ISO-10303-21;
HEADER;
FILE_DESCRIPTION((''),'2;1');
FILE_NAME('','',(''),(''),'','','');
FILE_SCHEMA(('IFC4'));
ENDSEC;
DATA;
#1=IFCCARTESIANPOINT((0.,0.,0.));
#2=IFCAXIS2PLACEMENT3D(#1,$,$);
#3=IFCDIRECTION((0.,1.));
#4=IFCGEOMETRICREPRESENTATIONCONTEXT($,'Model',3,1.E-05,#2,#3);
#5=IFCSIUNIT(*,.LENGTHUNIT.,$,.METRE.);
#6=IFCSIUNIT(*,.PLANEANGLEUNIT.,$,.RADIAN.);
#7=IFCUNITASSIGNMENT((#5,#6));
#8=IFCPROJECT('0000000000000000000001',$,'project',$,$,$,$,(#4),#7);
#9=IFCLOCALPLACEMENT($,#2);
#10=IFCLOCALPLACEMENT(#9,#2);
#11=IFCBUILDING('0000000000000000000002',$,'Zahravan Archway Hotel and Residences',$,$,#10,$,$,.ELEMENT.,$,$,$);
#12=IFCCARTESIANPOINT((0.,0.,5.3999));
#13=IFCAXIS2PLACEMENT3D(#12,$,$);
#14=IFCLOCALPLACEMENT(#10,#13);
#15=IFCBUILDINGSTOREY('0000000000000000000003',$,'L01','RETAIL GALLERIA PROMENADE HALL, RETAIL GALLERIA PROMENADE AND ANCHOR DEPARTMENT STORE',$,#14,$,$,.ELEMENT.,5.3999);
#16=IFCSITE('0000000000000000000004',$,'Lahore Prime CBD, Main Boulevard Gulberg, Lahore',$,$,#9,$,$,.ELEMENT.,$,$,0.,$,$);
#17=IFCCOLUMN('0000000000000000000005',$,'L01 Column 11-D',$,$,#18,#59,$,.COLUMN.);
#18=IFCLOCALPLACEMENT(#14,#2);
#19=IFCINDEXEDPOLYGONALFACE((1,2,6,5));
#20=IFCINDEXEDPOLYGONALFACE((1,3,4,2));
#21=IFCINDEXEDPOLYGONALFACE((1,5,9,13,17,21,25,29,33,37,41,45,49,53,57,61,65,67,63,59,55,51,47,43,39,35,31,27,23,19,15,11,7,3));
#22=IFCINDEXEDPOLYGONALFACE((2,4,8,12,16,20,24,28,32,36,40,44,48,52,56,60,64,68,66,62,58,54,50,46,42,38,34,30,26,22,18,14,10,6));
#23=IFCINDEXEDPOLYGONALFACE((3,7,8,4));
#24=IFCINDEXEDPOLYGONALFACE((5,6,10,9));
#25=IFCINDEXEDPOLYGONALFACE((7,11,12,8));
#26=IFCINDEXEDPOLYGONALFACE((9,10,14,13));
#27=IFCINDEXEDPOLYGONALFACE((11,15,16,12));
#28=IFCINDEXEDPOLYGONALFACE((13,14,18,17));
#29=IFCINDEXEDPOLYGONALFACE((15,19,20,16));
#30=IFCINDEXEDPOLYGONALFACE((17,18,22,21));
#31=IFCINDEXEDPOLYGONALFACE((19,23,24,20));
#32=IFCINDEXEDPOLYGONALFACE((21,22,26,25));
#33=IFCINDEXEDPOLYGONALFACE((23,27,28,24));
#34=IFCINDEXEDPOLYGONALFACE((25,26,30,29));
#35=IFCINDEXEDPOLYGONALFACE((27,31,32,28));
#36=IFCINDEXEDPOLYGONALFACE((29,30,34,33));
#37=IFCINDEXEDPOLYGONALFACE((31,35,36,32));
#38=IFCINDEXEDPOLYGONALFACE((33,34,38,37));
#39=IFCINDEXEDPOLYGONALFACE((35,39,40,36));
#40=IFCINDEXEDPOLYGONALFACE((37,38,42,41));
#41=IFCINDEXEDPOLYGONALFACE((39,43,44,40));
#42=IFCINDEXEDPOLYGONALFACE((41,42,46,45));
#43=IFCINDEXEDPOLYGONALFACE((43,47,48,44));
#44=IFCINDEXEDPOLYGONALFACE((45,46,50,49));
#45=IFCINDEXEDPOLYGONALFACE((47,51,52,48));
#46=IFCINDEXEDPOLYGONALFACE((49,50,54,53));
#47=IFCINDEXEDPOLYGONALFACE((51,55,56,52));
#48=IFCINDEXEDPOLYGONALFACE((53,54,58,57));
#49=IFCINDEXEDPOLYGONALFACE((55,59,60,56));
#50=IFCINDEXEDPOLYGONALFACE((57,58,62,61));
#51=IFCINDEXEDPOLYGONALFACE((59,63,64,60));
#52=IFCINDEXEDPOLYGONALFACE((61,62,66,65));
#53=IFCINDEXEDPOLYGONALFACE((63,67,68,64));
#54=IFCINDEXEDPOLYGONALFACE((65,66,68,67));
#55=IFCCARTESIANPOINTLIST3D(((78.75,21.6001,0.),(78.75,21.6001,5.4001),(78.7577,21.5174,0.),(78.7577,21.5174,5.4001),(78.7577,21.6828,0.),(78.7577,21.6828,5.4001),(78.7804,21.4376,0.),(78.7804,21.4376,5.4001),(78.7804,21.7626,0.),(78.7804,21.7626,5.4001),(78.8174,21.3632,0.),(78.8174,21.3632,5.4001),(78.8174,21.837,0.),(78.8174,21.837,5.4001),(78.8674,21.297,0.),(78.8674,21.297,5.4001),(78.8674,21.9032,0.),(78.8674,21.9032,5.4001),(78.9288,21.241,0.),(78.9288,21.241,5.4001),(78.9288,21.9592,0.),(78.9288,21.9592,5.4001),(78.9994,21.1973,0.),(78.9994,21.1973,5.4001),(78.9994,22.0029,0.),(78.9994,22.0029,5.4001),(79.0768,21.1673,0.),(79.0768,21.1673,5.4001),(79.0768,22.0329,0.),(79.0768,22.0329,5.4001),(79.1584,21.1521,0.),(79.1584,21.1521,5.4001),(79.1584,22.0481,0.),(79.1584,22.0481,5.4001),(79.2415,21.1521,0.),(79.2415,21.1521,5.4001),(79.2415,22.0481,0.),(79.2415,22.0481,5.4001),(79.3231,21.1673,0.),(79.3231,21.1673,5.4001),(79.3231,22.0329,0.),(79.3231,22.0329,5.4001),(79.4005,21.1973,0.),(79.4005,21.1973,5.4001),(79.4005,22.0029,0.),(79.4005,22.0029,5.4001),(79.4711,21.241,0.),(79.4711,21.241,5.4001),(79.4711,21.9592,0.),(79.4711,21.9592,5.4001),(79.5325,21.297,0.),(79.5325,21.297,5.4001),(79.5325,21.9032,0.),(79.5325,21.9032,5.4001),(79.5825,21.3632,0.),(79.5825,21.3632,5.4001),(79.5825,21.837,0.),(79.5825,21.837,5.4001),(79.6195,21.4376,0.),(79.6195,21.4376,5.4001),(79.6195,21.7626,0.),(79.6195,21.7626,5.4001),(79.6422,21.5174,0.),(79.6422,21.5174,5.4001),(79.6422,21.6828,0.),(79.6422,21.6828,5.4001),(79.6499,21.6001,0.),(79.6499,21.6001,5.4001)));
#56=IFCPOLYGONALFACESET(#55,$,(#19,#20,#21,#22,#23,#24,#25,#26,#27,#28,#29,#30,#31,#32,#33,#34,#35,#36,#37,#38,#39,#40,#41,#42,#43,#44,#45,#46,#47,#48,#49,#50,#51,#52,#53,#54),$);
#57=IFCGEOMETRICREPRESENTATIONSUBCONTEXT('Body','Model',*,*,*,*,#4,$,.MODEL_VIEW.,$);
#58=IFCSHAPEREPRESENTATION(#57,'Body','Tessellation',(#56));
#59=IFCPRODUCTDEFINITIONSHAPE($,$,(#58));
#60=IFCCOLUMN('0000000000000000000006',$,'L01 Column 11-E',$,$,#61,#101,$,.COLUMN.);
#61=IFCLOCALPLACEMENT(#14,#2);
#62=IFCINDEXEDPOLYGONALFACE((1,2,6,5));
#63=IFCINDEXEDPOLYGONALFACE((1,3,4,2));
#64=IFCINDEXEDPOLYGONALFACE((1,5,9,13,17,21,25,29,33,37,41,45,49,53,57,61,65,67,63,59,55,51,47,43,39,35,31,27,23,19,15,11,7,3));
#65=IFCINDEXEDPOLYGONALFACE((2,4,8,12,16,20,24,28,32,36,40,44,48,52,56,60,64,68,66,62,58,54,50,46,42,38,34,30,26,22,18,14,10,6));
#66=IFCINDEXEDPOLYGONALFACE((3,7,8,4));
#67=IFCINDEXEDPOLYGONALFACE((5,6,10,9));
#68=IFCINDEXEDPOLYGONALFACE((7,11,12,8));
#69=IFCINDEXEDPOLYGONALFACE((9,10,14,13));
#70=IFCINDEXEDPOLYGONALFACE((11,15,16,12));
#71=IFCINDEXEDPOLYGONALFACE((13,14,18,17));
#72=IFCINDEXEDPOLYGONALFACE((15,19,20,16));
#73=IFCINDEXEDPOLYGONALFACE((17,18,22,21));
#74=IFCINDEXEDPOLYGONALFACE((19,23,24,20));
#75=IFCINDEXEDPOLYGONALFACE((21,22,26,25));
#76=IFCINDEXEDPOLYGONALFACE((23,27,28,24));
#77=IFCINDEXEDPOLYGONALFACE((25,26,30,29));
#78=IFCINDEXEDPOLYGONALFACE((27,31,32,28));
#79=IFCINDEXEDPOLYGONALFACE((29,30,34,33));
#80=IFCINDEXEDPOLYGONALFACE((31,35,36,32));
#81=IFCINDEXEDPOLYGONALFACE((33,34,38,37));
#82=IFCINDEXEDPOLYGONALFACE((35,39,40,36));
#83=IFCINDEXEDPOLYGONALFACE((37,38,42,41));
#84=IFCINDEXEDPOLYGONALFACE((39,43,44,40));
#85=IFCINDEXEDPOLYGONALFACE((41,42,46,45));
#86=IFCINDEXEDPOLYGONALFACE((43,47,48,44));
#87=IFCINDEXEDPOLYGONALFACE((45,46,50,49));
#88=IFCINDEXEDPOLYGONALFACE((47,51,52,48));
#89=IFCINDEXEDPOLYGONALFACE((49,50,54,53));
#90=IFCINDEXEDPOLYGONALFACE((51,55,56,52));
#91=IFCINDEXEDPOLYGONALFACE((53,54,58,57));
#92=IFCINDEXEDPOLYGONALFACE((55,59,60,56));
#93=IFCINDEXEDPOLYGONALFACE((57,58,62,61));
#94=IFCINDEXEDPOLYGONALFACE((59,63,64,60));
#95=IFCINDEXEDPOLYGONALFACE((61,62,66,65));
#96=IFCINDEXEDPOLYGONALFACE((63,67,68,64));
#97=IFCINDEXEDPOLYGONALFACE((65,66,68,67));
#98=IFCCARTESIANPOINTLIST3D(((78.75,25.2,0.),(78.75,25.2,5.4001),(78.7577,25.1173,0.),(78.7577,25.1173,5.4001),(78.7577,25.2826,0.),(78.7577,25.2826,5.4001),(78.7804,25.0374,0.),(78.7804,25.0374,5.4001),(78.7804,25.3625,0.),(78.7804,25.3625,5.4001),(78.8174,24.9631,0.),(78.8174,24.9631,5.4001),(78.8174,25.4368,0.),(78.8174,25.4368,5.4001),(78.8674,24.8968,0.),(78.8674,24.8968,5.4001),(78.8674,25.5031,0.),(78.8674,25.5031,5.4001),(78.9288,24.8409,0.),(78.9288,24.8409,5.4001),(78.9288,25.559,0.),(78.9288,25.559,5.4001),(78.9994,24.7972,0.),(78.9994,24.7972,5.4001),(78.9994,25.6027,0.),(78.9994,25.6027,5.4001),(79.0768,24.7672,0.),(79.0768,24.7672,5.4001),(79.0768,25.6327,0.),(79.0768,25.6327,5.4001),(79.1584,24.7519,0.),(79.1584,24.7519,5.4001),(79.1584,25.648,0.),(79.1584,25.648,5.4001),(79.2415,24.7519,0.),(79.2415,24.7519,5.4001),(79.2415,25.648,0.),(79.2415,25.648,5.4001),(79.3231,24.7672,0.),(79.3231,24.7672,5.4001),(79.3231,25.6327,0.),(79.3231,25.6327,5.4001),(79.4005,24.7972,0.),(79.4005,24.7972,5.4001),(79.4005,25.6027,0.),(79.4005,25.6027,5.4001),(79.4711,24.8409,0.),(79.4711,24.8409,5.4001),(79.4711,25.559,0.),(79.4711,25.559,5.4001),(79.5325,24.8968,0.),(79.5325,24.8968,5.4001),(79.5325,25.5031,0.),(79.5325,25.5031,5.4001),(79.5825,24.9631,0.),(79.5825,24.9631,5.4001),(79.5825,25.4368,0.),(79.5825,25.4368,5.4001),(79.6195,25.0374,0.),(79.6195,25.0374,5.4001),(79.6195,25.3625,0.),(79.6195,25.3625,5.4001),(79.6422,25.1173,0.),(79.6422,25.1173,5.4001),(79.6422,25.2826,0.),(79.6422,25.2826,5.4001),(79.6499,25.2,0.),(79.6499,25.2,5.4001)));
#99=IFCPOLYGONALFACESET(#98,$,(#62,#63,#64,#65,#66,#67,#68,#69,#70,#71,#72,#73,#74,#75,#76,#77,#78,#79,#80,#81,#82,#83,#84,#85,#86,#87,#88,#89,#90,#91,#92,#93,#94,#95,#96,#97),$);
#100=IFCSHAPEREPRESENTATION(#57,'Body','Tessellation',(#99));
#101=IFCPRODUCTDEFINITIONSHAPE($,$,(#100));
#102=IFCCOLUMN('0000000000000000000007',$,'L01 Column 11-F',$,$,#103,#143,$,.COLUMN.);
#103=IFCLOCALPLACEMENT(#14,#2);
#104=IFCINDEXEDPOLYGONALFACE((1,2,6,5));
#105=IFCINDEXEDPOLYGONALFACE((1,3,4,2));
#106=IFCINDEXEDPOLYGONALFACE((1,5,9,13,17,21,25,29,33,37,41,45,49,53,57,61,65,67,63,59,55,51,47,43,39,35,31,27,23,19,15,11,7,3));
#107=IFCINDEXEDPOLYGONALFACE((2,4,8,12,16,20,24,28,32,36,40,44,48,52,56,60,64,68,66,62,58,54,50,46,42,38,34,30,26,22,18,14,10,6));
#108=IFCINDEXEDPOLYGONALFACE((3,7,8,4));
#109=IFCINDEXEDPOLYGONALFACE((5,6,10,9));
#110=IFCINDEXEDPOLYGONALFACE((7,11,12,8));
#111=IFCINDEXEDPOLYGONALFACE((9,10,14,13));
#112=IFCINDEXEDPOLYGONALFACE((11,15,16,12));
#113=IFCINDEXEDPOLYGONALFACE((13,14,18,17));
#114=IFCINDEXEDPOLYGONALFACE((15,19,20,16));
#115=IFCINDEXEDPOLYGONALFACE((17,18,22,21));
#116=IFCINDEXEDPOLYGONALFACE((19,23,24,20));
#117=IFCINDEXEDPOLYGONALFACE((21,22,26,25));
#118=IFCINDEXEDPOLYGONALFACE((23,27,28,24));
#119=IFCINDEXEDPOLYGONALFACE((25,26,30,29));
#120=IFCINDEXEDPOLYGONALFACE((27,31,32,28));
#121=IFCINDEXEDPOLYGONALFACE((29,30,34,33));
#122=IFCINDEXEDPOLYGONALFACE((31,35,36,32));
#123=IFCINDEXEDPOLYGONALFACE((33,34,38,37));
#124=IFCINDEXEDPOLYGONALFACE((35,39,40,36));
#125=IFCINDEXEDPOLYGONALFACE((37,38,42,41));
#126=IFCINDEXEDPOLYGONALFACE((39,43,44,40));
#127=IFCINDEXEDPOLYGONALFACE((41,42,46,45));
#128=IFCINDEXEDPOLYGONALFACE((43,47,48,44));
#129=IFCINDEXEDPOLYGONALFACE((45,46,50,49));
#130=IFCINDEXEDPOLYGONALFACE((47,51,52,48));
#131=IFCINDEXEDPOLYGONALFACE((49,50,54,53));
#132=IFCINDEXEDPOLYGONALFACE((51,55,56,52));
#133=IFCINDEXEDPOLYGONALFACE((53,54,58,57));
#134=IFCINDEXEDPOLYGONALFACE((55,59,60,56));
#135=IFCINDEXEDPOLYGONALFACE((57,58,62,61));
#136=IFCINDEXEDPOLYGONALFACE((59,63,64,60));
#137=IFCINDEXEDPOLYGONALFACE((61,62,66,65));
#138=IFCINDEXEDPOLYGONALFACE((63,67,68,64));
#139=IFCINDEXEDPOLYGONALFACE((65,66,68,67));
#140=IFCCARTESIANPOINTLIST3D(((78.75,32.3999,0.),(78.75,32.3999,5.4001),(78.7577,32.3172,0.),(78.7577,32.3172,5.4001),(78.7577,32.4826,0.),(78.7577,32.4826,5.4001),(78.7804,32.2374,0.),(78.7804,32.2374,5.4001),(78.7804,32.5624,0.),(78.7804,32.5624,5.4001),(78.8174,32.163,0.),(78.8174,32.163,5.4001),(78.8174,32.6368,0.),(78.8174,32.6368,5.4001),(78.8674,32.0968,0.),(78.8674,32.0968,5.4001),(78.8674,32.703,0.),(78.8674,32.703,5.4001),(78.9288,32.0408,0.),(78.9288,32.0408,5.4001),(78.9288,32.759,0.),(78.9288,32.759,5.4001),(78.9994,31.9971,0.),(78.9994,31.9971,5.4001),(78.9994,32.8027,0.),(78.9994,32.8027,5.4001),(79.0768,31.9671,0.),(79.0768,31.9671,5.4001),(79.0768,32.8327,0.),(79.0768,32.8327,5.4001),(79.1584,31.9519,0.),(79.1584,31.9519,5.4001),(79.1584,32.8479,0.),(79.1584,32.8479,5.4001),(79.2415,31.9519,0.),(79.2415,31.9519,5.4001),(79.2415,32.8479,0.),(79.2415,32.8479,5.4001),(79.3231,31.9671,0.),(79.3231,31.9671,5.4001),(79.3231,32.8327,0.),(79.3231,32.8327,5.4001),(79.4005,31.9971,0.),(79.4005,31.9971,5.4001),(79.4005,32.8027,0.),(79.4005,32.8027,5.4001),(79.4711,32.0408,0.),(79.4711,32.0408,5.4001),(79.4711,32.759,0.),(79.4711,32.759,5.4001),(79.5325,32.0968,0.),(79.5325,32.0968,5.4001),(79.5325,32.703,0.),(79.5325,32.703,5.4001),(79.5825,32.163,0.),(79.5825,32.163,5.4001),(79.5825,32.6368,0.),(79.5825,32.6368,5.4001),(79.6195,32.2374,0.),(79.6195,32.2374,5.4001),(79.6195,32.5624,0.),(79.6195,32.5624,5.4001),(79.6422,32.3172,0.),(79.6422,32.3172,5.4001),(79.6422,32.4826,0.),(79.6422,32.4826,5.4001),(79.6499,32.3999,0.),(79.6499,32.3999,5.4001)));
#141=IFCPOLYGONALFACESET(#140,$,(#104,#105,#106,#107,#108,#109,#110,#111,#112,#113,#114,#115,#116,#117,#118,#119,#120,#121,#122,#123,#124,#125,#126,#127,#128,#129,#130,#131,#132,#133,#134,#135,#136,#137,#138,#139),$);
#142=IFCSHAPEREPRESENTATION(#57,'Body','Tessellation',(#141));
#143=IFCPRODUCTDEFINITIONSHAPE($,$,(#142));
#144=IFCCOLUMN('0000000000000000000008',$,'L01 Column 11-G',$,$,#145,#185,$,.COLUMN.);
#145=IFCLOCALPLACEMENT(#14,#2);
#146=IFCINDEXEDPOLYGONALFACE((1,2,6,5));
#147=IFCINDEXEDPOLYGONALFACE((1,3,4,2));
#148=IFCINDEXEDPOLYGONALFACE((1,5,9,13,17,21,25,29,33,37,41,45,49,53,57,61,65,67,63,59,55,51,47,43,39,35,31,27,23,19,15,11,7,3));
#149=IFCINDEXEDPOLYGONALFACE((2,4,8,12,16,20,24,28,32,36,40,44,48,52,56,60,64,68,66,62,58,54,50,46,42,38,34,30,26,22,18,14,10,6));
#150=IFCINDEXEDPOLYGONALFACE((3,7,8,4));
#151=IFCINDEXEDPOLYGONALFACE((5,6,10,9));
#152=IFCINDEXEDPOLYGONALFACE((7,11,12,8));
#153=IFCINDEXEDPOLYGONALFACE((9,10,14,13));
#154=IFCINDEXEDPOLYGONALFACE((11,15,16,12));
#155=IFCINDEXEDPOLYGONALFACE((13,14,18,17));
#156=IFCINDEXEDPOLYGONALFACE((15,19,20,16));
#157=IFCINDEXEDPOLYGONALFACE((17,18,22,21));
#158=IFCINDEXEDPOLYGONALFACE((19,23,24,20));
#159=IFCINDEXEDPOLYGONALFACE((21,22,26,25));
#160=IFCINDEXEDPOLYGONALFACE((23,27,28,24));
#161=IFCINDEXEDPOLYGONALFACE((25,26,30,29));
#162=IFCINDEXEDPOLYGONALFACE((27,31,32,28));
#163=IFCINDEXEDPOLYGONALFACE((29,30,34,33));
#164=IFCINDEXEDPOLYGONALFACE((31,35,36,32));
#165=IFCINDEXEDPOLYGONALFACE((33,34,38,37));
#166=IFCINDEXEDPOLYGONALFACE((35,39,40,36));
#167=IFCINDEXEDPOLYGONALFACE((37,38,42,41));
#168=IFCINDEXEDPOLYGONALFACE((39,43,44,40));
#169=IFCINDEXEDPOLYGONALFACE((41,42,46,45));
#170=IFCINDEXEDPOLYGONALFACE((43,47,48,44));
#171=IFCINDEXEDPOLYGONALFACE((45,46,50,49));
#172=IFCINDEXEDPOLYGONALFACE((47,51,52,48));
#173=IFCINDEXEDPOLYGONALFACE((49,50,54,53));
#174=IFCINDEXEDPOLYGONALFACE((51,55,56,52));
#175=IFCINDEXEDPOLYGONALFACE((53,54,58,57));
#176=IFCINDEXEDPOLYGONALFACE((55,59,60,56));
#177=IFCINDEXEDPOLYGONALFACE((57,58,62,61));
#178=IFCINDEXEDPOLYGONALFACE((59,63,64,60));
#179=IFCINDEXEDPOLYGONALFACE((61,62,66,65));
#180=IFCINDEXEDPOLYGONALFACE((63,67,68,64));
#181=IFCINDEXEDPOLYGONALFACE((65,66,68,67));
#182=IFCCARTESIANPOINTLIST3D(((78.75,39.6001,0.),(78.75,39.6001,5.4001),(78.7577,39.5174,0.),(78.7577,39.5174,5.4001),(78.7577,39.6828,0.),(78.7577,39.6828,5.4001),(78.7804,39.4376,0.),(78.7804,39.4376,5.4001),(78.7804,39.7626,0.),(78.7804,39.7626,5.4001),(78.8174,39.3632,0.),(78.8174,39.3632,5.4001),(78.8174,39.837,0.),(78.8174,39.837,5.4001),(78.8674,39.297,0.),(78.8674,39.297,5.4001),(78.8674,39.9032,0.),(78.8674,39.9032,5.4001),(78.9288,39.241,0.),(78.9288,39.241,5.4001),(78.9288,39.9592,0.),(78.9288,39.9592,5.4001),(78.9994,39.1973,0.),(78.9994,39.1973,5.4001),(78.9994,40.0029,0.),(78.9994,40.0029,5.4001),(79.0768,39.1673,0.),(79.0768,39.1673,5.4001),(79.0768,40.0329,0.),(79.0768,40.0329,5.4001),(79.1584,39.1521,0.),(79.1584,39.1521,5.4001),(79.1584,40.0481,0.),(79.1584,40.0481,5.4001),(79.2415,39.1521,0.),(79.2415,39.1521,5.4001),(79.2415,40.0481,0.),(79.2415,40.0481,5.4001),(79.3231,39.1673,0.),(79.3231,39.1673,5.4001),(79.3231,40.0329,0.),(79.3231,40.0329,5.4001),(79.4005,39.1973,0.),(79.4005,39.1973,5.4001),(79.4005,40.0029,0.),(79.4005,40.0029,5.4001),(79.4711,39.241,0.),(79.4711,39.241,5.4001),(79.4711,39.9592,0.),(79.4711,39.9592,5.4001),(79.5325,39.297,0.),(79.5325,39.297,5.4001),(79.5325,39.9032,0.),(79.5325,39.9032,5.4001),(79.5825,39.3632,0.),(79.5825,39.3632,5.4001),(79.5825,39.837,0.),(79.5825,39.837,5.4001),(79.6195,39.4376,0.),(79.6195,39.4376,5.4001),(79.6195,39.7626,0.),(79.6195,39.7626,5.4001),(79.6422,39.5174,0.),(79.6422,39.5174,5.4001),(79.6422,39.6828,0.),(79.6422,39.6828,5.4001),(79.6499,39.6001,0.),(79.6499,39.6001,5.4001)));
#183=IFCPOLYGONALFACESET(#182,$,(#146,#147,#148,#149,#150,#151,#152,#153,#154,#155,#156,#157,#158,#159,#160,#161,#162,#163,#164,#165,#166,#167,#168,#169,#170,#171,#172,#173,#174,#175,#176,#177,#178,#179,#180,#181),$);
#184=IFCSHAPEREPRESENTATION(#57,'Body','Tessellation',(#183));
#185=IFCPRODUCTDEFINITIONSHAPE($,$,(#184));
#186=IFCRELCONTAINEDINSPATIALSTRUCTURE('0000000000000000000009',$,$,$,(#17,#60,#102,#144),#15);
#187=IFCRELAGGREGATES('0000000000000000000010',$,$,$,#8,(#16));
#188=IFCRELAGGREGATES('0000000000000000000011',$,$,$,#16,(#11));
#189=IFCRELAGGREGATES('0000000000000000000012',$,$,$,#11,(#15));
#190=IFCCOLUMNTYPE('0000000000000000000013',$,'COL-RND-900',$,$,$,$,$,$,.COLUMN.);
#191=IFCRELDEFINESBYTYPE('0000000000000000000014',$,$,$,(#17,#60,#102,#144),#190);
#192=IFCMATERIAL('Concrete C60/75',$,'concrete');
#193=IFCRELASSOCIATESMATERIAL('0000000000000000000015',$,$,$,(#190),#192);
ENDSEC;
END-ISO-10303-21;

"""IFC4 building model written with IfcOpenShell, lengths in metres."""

from ifc_helpers import new_model, si_unit, direction, frame, origin, origin_2d, place, context, subcontext, project, spatial, circle, extrude, source, transform, mapped, material, material_profile, profile_set, type_object, element, save


model = new_model("IFC4")

# Units and contexts
model_context = context("Model", 3, precision=1e-05, world=origin(), true_north=direction((0.0, 1.0)))
body_context = subcontext(model_context, "Body", "Model", "MODEL_VIEW")
ifc_project = project(units=[si_unit("LENGTHUNIT", "METRE"), si_unit("PLANEANGLEUNIT", "RADIAN")], contexts=[model_context])

# Site, building, storey
site_placement = place(None, origin())
site = spatial("IfcSite", under=ifc_project, at=site_placement, Name="Lahore Prime CBD, Main Boulevard Gulberg, Lahore", CompositionType="ELEMENT", RefElevation=0.0)
building_placement = place(site_placement, origin())
building = spatial("IfcBuilding", under=site, at=building_placement, Name="Zahravan Archway Hotel and Residences", CompositionType="ELEMENT")
storey_placement = place(building_placement, frame((0.0, 0.0, 5.3999)))
storey = spatial("IfcBuildingStorey", under=building, at=storey_placement, Name="L01", Description="RETAIL GALLERIA PROMENADE HALL, RETAIL GALLERIA PROMENADE AND ANCHOR DEPARTMENT STORE", CompositionType="ELEMENT", Elevation=5.3999)

# Columns
ifc_material_1 = material(Name="Concrete C60/75", Category="concrete")
ifc_material_profile_1 = material_profile(ifc_material_1, circle(Radius=0.45, at=origin_2d()), Name="RC-CIRC-900", Category="concrete")
ifc_profile_set_1 = profile_set([ifc_material_profile_1], Name="Concrete C60/75")
column_type = type_object("IfcColumnType", Name="COL-RND-900", PredefinedType="COLUMN", material=ifc_profile_set_1)
shared_shape_1 = source(origin(), body_context, "Body", "SweptSolid", [
    extrude(circle(Radius=0.45, at=origin_2d()), origin(), (0.0, 0.0, 1.0), 5.4001),
])
for number, where, z_axis, x_axis, name in (
    (1, (79.2, 21.6001, 0.0), (0.0, 0.0, 1.0), (1.0, 0.0, 0.0), "L01 Column 11-D"),
    (2, (79.2, 25.2, 0.0), (0.0, 0.0, 1.0), (1.0, 0.0, 0.0), "L01 Column 11-E"),
    (3, (79.2, 32.3999, 0.0), (0.0, 0.0, 1.0), (1.0, 0.0, 0.0), "L01 Column 11-F"),
    (4, (79.2, 39.6001, 0.0), (0.0, 0.0, 1.0), (1.0, 0.0, 0.0), "L01 Column 11-G"),
):
    element("IfcColumn", number, at=place(storey_placement, frame(where, z_axis=z_axis, x_axis=x_axis)), inside=storey, type_object=column_type, Name=name, PredefinedType="COLUMN", context=body_context, shape_type="MappedRepresentation", body=[
        mapped(shared_shape_1, transform((0.0, 0.0, 0.0), scale=1.0)),
    ])

save(model, "model.ifc")
